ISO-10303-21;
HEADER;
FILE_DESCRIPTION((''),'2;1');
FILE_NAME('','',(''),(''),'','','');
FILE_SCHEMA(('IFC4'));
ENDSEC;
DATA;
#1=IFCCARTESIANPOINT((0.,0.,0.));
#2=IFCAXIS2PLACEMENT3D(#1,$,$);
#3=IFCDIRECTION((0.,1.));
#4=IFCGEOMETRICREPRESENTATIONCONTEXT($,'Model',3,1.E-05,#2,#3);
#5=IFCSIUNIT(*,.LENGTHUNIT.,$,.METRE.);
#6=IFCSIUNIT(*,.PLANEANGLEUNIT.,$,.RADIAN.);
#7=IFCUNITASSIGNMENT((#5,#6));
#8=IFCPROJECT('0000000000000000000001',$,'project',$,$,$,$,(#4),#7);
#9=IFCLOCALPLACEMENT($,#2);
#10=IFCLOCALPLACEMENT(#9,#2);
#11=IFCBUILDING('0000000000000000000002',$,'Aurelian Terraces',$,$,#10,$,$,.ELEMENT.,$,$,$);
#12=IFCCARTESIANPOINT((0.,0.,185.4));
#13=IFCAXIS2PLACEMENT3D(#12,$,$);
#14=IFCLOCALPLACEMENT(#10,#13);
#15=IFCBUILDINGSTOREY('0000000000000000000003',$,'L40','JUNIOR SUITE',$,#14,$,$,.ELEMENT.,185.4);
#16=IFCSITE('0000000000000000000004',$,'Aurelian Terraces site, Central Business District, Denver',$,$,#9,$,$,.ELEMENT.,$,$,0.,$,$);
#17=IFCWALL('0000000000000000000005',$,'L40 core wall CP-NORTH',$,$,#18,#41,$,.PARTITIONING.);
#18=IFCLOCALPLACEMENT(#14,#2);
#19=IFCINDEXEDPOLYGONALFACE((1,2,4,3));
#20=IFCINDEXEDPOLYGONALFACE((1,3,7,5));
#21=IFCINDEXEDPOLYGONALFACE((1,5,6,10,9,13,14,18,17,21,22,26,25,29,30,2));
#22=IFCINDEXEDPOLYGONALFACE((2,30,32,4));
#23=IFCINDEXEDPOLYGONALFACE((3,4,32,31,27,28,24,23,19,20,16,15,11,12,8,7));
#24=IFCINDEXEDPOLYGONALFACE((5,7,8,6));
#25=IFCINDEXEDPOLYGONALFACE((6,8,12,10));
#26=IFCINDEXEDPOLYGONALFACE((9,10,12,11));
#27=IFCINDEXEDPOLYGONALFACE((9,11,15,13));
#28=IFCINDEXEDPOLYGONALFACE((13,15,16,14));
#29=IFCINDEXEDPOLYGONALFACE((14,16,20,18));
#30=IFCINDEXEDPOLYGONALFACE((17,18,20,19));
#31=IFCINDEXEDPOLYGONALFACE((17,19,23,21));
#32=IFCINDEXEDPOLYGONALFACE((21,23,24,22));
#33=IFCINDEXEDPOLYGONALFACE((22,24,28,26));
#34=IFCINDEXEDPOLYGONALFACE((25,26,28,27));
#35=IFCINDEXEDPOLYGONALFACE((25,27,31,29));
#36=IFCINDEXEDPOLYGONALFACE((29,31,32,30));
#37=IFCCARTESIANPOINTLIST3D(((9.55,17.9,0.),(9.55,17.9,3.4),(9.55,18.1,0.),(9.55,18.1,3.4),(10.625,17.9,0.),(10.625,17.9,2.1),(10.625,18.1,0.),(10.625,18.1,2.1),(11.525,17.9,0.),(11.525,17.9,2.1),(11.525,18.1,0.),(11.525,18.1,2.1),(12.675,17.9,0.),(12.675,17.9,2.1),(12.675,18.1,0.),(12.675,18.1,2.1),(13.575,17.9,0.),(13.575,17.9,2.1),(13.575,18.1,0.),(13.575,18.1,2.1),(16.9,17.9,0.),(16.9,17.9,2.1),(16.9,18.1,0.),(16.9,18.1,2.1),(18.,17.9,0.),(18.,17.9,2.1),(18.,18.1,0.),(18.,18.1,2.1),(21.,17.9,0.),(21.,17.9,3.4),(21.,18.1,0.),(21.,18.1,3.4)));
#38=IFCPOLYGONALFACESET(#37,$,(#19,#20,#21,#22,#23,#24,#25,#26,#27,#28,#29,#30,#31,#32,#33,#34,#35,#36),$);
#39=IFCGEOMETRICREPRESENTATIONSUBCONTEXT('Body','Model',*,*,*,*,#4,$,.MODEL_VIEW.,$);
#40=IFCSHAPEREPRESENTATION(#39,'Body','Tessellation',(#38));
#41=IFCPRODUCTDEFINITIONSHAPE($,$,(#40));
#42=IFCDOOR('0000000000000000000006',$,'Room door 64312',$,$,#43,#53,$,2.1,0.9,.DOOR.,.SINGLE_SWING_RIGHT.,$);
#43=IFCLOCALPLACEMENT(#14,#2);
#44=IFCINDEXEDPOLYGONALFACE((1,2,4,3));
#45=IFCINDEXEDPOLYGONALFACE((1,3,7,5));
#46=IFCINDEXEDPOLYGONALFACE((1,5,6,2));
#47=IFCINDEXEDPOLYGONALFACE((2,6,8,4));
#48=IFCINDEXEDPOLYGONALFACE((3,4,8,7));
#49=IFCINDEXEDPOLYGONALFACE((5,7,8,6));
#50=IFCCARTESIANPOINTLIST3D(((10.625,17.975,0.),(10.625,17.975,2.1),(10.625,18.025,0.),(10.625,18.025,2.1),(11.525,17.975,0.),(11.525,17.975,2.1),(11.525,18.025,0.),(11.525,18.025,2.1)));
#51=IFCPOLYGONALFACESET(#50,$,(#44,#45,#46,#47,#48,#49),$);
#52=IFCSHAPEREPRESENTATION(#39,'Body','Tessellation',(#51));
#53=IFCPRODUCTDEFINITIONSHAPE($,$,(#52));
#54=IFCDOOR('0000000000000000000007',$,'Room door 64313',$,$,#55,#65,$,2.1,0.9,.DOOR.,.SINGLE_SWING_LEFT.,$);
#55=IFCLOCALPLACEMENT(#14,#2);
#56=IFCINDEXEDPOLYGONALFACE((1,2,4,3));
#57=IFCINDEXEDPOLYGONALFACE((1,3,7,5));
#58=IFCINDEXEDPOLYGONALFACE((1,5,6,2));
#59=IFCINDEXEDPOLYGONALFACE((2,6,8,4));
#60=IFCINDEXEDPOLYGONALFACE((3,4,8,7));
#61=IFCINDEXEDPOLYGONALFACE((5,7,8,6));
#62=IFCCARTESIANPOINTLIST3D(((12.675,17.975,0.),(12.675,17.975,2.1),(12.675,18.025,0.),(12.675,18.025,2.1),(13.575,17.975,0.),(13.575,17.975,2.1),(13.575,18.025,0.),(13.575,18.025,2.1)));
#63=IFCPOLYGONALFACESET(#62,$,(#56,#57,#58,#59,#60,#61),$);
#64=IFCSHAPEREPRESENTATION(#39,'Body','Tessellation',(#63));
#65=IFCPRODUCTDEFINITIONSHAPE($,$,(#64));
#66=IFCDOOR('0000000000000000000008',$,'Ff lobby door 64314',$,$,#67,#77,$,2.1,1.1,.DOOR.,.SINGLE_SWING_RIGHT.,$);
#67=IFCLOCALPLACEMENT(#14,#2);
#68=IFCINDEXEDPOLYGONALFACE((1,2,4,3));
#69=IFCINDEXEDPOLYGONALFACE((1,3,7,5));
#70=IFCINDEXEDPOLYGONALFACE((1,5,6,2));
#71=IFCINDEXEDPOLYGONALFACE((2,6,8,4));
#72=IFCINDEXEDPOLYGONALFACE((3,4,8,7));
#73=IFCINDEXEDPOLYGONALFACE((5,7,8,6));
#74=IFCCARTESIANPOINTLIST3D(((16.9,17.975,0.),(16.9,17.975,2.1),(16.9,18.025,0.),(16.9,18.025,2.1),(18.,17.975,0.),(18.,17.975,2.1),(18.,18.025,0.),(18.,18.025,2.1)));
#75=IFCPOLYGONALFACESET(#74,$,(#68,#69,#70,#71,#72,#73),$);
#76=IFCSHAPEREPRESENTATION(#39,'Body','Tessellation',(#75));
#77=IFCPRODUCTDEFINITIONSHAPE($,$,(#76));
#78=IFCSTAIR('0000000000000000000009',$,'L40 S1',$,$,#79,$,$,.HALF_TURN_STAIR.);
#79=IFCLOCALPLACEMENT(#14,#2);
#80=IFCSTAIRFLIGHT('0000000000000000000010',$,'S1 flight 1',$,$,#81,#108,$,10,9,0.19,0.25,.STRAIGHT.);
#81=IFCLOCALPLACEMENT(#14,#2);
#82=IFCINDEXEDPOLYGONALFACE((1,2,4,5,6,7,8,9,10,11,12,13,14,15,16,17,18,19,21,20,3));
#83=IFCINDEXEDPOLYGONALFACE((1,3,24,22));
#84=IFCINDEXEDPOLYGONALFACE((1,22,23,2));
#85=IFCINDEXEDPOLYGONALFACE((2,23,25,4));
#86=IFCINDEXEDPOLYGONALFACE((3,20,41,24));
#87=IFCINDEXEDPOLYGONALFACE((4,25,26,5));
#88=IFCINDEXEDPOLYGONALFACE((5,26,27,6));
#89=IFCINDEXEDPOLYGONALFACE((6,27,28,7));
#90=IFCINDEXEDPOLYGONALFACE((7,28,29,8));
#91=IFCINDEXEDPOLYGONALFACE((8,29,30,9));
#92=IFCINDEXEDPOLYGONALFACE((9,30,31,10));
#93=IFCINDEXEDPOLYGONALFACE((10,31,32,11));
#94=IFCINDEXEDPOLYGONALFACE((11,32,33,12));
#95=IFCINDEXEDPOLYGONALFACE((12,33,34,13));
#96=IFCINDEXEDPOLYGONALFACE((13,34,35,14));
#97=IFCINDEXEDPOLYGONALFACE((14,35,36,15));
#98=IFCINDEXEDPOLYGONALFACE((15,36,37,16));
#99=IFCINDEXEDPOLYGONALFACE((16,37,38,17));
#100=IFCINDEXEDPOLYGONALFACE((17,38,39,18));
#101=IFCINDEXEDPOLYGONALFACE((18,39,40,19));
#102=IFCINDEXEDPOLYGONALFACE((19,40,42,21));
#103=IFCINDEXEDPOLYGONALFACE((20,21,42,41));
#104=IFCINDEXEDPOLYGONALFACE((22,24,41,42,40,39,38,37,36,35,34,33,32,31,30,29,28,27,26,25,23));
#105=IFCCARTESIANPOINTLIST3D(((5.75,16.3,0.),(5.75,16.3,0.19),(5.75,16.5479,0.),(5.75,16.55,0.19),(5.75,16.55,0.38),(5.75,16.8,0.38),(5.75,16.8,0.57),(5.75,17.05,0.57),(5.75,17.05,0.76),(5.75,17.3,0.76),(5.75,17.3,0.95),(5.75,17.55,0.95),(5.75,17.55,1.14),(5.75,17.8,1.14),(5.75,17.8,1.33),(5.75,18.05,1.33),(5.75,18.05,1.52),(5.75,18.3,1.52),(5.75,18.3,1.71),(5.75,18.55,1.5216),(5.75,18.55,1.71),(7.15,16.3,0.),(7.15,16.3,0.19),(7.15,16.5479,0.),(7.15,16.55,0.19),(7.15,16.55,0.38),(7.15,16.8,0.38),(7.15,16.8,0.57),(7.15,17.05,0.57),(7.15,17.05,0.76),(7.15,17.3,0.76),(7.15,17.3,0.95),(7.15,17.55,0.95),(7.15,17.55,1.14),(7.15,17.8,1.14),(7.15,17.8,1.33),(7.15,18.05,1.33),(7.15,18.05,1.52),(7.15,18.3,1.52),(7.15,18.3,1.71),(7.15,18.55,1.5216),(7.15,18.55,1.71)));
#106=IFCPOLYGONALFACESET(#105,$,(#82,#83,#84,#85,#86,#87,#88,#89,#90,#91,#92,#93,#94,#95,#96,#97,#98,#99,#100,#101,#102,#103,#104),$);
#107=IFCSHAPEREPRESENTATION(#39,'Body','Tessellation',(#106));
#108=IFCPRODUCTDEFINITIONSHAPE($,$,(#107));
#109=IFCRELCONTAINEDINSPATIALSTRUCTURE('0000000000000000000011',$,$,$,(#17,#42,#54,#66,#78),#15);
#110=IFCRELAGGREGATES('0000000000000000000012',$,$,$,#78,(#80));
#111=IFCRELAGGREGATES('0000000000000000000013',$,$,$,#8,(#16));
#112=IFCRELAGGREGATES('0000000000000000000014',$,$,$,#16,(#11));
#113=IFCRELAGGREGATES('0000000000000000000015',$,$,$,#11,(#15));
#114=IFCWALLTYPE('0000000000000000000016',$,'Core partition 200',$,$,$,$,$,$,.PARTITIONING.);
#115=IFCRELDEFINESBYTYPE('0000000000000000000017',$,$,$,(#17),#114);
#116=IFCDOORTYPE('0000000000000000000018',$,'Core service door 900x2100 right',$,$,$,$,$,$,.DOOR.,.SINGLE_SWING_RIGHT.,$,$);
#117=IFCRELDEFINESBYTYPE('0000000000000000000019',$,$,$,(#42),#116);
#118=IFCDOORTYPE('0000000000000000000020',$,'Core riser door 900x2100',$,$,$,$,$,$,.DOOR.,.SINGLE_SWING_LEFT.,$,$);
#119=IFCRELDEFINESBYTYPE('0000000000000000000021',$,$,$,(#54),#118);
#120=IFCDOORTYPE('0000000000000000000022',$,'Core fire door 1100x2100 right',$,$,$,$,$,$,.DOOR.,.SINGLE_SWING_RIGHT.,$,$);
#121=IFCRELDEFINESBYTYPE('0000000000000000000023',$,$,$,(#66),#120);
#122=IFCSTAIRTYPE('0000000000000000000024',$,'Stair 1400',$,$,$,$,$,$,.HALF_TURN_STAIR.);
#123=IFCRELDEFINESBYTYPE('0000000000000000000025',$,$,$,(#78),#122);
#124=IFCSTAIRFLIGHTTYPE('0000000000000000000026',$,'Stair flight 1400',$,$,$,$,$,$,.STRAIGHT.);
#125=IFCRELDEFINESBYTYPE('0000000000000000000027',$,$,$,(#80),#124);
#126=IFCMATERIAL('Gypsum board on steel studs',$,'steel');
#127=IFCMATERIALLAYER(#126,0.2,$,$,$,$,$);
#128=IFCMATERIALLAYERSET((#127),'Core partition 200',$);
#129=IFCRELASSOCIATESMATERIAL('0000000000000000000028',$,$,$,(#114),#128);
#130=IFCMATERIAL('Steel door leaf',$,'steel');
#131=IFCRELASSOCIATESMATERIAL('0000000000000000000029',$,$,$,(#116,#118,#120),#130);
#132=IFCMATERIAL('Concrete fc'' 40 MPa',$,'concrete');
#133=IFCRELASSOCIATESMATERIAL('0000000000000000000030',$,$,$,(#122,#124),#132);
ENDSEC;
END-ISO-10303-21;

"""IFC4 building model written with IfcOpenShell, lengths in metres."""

from ifc_helpers import new_model, si_unit, direction, frame, frame_2d, origin, place, context, subcontext, project, spatial, polyline, rectangle, outline, extrude, source, transform, mapped, material, layer, layer_set, type_object, element, fill, aggregate, save


model = new_model("IFC4")

# Units and contexts
model_context = context("Model", 3, precision=1e-05, world=origin(), true_north=direction((0.0, 1.0)))
body_context = subcontext(model_context, "Body", "Model", "MODEL_VIEW")
ifc_project = project(units=[si_unit("LENGTHUNIT", "METRE"), si_unit("PLANEANGLEUNIT", "RADIAN")], contexts=[model_context])

# Site, building, storey
site_placement = place(None, origin())
site = spatial("IfcSite", under=ifc_project, at=site_placement, Name="Aurelian Terraces site, Central Business District, Denver", CompositionType="ELEMENT", RefElevation=0.0)
building_placement = place(site_placement, origin())
building = spatial("IfcBuilding", under=site, at=building_placement, Name="Aurelian Terraces", CompositionType="ELEMENT")
storey_placement = place(building_placement, frame((0.0, 0.0, 185.4)))
storey = spatial("IfcBuildingStorey", under=building, at=storey_placement, Name="L40", Description="JUNIOR SUITE", CompositionType="ELEMENT", Elevation=185.4)

# Shared definitions
ifc_material_1 = material(Name="Concrete fc' 40 MPa", Category="concrete")

# Shared definitions
shared_shape_1 = source(origin(), body_context, "Body", "SweptSolid", [
    extrude(rectangle(XDim=1.1, YDim=2.1, at=frame_2d((0.55, 1.05))), frame((0.0, 0.11, 0.0), z_axis=(0.0, -1.0, 0.0), x_axis=(1.0, 0.0, 0.0)), (0.0, 0.0, 1.0), 0.22),
])
shared_shape_2 = source(origin(), body_context, "Body", "SweptSolid", [
    extrude(rectangle(XDim=1.1, YDim=2.1, at=frame_2d((0.55, 1.05))), frame((0.0, 0.025, 0.0), z_axis=(0.0, -1.0, 0.0), x_axis=(1.0, 0.0, 0.0)), (0.0, 0.0, 1.0), 0.05),
])

# Shared definitions
shared_shape_3 = source(origin(), body_context, "Body", "SweptSolid", [
    extrude(rectangle(XDim=0.9, YDim=2.1, at=frame_2d((0.45, 1.05))), frame((0.0, 0.11, 0.0), z_axis=(0.0, -1.0, 0.0), x_axis=(1.0, 0.0, 0.0)), (0.0, 0.0, 1.0), 0.22),
])
ifc_material_2 = material(Name="Steel door leaf", Category="steel")
shared_shape_4 = source(origin(), body_context, "Body", "SweptSolid", [
    extrude(rectangle(XDim=0.9, YDim=2.1, at=frame_2d((0.45, 1.05))), frame((0.0, 0.025, 0.0), z_axis=(0.0, -1.0, 0.0), x_axis=(1.0, 0.0, 0.0)), (0.0, 0.0, 1.0), 0.05),
])

# Shared definitions
ifc_material_3 = material(Name="Gypsum board on steel studs", Category="steel")
ifc_layer_1 = layer(ifc_material_3, 0.2)
ifc_layer_set_1 = layer_set([ifc_layer_1], Name="Core partition 200")
wall_type_1 = type_object("IfcWallType", Name="Core partition 200", PredefinedType="PARTITIONING", material=ifc_layer_set_1)

# Shared definitions
door_type_1 = type_object("IfcDoorType", Name="Core service door 900x2100 right", OperationType="SINGLE_SWING_RIGHT", PredefinedType="DOOR", material=ifc_material_2)

# Wall, openings, doors
shared_shape_5 = source(origin(), body_context, "Body", "SweptSolid", [
    extrude(rectangle(XDim=11.45, YDim=0.2, at=frame_2d((5.725, 0.0))), origin(), (0.0, 0.0, 1.0), 3.4),
])
wall_1_placement = place(storey_placement, frame((9.55, 18.0, 0.0), z_axis=(0.0, 0.0, 1.0), x_axis=(1.0, 0.0, 0.0)))
wall_1 = element("IfcWall", 1, at=wall_1_placement, inside=storey, type_object=wall_type_1, Name="L40 core wall CP-NORTH", PredefinedType="PARTITIONING", context=body_context, shape_type="MappedRepresentation", body=[
    mapped(shared_shape_5, transform((0.0, 0.0, 0.0), scale=1.0)),
])
opening_1_placement = place(wall_1_placement, frame((1.075, 0.0, 0.0)))
opening_1 = element("IfcOpeningElement", 2, at=opening_1_placement, cuts=wall_1, PredefinedType="OPENING", context=body_context, shape_type="MappedRepresentation", body=[
    mapped(shared_shape_3, transform((0.0, 0.0, 0.0), scale=1.0)),
])
opening_2_placement = place(wall_1_placement, frame((3.125, 0.0, 0.0)))
opening_2 = element("IfcOpeningElement", 3, at=opening_2_placement, cuts=wall_1, PredefinedType="OPENING", context=body_context, shape_type="MappedRepresentation", body=[
    mapped(shared_shape_3, transform((0.0, 0.0, 0.0), scale=1.0)),
])
opening_3_placement = place(wall_1_placement, frame((7.35, 0.0, 0.0)))
opening_3 = element("IfcOpeningElement", 4, at=opening_3_placement, cuts=wall_1, PredefinedType="OPENING", context=body_context, shape_type="MappedRepresentation", body=[
    mapped(shared_shape_1, transform((0.0, 0.0, 0.0), scale=1.0)),
])
door_1_placement = place(opening_1_placement, origin())
door_1 = element("IfcDoor", 5, at=door_1_placement, inside=storey, type_object=door_type_1, Name="Room door 64312", OperationType="SINGLE_SWING_RIGHT", OverallHeight=2.1, OverallWidth=0.9, PredefinedType="DOOR", context=body_context, shape_type="MappedRepresentation", body=[
    mapped(shared_shape_4, transform((0.0, 0.0, 0.0), scale=1.0)),
])
fill(opening_1, door_1)
door_type_2 = type_object("IfcDoorType", Name="Core riser door 900x2100", OperationType="SINGLE_SWING_LEFT", PredefinedType="DOOR", material=ifc_material_2)
door_2_placement = place(opening_2_placement, origin())
door_2 = element("IfcDoor", 6, at=door_2_placement, inside=storey, type_object=door_type_2, Name="Room door 64313", OperationType="SINGLE_SWING_LEFT", OverallHeight=2.1, OverallWidth=0.9, PredefinedType="DOOR", context=body_context, shape_type="MappedRepresentation", body=[
    mapped(shared_shape_4, transform((0.0, 0.0, 0.0), scale=1.0)),
])
fill(opening_2, door_2)
door_type_3 = type_object("IfcDoorType", Name="Core fire door 1100x2100 right", OperationType="SINGLE_SWING_RIGHT", PredefinedType="DOOR", material=ifc_material_2)
door_3_placement = place(opening_3_placement, origin())
door_3 = element("IfcDoor", 7, at=door_3_placement, inside=storey, type_object=door_type_3, Name="Ff lobby door 64314", OperationType="SINGLE_SWING_RIGHT", OverallHeight=2.1, OverallWidth=1.1, PredefinedType="DOOR", context=body_context, shape_type="MappedRepresentation", body=[
    mapped(shared_shape_2, transform((0.0, 0.0, 0.0), scale=1.0)),
])
fill(opening_3, door_3)

# Stair, stair flight
stair_type = type_object("IfcStairType", Name="Stair 1400", PredefinedType="HALF_TURN_STAIR", material=ifc_material_1)
stair_placement = place(storey_placement, origin())
stair = element("IfcStair", 8, at=stair_placement, inside=storey, type_object=stair_type, Name="L40 S1", PredefinedType="HALF_TURN_STAIR")
stair_flight_type = type_object("IfcStairFlightType", Name="Stair flight 1400", PredefinedType="STRAIGHT", material=ifc_material_1)
shared_shape_6 = source(origin(), body_context, "Body", "SweptSolid", [
    extrude(outline(polyline([(0.0, 0.0), (0.0, 0.19), (0.25, 0.19), (0.25, 0.38), (0.5, 0.38), (0.5, 0.57), (0.75, 0.57), (0.75, 0.76), (1.0, 0.76), (1.0, 0.95), (1.25, 0.95), (1.25, 1.14), (1.5, 1.14), (1.5, 1.33), (1.75, 1.33), (1.75, 1.52), (2.0, 1.52), (2.0, 1.71), (2.25, 1.71), (2.25, 1.9), (2.25, 1.5216), (0.2479, 0.0), (0.0, 0.0)])), frame((0.0, 0.7, 0.0), z_axis=(0.0, -1.0, 0.0), x_axis=(1.0, 0.0, 0.0)), (0.0, 0.0, 1.0), 1.4),
])
stair_flight_placement = place(storey_placement, frame((6.45, 16.3, 0.0), z_axis=(0.0, 0.0, 1.0), x_axis=(0.0, 1.0, 0.0)))
stair_flight = element("IfcStairFlight", 9, at=stair_flight_placement, type_object=stair_flight_type, Name="S1 flight 1", NumberOfRisers=10, NumberOfTreads=9, PredefinedType="STRAIGHT", RiserHeight=0.19, TreadLength=0.25, context=body_context, shape_type="MappedRepresentation", body=[
    mapped(shared_shape_6, transform((0.0, 0.0, 0.0), scale=1.0)),
])
aggregate(stair, [stair_flight])

save(model, "model.ifc")
